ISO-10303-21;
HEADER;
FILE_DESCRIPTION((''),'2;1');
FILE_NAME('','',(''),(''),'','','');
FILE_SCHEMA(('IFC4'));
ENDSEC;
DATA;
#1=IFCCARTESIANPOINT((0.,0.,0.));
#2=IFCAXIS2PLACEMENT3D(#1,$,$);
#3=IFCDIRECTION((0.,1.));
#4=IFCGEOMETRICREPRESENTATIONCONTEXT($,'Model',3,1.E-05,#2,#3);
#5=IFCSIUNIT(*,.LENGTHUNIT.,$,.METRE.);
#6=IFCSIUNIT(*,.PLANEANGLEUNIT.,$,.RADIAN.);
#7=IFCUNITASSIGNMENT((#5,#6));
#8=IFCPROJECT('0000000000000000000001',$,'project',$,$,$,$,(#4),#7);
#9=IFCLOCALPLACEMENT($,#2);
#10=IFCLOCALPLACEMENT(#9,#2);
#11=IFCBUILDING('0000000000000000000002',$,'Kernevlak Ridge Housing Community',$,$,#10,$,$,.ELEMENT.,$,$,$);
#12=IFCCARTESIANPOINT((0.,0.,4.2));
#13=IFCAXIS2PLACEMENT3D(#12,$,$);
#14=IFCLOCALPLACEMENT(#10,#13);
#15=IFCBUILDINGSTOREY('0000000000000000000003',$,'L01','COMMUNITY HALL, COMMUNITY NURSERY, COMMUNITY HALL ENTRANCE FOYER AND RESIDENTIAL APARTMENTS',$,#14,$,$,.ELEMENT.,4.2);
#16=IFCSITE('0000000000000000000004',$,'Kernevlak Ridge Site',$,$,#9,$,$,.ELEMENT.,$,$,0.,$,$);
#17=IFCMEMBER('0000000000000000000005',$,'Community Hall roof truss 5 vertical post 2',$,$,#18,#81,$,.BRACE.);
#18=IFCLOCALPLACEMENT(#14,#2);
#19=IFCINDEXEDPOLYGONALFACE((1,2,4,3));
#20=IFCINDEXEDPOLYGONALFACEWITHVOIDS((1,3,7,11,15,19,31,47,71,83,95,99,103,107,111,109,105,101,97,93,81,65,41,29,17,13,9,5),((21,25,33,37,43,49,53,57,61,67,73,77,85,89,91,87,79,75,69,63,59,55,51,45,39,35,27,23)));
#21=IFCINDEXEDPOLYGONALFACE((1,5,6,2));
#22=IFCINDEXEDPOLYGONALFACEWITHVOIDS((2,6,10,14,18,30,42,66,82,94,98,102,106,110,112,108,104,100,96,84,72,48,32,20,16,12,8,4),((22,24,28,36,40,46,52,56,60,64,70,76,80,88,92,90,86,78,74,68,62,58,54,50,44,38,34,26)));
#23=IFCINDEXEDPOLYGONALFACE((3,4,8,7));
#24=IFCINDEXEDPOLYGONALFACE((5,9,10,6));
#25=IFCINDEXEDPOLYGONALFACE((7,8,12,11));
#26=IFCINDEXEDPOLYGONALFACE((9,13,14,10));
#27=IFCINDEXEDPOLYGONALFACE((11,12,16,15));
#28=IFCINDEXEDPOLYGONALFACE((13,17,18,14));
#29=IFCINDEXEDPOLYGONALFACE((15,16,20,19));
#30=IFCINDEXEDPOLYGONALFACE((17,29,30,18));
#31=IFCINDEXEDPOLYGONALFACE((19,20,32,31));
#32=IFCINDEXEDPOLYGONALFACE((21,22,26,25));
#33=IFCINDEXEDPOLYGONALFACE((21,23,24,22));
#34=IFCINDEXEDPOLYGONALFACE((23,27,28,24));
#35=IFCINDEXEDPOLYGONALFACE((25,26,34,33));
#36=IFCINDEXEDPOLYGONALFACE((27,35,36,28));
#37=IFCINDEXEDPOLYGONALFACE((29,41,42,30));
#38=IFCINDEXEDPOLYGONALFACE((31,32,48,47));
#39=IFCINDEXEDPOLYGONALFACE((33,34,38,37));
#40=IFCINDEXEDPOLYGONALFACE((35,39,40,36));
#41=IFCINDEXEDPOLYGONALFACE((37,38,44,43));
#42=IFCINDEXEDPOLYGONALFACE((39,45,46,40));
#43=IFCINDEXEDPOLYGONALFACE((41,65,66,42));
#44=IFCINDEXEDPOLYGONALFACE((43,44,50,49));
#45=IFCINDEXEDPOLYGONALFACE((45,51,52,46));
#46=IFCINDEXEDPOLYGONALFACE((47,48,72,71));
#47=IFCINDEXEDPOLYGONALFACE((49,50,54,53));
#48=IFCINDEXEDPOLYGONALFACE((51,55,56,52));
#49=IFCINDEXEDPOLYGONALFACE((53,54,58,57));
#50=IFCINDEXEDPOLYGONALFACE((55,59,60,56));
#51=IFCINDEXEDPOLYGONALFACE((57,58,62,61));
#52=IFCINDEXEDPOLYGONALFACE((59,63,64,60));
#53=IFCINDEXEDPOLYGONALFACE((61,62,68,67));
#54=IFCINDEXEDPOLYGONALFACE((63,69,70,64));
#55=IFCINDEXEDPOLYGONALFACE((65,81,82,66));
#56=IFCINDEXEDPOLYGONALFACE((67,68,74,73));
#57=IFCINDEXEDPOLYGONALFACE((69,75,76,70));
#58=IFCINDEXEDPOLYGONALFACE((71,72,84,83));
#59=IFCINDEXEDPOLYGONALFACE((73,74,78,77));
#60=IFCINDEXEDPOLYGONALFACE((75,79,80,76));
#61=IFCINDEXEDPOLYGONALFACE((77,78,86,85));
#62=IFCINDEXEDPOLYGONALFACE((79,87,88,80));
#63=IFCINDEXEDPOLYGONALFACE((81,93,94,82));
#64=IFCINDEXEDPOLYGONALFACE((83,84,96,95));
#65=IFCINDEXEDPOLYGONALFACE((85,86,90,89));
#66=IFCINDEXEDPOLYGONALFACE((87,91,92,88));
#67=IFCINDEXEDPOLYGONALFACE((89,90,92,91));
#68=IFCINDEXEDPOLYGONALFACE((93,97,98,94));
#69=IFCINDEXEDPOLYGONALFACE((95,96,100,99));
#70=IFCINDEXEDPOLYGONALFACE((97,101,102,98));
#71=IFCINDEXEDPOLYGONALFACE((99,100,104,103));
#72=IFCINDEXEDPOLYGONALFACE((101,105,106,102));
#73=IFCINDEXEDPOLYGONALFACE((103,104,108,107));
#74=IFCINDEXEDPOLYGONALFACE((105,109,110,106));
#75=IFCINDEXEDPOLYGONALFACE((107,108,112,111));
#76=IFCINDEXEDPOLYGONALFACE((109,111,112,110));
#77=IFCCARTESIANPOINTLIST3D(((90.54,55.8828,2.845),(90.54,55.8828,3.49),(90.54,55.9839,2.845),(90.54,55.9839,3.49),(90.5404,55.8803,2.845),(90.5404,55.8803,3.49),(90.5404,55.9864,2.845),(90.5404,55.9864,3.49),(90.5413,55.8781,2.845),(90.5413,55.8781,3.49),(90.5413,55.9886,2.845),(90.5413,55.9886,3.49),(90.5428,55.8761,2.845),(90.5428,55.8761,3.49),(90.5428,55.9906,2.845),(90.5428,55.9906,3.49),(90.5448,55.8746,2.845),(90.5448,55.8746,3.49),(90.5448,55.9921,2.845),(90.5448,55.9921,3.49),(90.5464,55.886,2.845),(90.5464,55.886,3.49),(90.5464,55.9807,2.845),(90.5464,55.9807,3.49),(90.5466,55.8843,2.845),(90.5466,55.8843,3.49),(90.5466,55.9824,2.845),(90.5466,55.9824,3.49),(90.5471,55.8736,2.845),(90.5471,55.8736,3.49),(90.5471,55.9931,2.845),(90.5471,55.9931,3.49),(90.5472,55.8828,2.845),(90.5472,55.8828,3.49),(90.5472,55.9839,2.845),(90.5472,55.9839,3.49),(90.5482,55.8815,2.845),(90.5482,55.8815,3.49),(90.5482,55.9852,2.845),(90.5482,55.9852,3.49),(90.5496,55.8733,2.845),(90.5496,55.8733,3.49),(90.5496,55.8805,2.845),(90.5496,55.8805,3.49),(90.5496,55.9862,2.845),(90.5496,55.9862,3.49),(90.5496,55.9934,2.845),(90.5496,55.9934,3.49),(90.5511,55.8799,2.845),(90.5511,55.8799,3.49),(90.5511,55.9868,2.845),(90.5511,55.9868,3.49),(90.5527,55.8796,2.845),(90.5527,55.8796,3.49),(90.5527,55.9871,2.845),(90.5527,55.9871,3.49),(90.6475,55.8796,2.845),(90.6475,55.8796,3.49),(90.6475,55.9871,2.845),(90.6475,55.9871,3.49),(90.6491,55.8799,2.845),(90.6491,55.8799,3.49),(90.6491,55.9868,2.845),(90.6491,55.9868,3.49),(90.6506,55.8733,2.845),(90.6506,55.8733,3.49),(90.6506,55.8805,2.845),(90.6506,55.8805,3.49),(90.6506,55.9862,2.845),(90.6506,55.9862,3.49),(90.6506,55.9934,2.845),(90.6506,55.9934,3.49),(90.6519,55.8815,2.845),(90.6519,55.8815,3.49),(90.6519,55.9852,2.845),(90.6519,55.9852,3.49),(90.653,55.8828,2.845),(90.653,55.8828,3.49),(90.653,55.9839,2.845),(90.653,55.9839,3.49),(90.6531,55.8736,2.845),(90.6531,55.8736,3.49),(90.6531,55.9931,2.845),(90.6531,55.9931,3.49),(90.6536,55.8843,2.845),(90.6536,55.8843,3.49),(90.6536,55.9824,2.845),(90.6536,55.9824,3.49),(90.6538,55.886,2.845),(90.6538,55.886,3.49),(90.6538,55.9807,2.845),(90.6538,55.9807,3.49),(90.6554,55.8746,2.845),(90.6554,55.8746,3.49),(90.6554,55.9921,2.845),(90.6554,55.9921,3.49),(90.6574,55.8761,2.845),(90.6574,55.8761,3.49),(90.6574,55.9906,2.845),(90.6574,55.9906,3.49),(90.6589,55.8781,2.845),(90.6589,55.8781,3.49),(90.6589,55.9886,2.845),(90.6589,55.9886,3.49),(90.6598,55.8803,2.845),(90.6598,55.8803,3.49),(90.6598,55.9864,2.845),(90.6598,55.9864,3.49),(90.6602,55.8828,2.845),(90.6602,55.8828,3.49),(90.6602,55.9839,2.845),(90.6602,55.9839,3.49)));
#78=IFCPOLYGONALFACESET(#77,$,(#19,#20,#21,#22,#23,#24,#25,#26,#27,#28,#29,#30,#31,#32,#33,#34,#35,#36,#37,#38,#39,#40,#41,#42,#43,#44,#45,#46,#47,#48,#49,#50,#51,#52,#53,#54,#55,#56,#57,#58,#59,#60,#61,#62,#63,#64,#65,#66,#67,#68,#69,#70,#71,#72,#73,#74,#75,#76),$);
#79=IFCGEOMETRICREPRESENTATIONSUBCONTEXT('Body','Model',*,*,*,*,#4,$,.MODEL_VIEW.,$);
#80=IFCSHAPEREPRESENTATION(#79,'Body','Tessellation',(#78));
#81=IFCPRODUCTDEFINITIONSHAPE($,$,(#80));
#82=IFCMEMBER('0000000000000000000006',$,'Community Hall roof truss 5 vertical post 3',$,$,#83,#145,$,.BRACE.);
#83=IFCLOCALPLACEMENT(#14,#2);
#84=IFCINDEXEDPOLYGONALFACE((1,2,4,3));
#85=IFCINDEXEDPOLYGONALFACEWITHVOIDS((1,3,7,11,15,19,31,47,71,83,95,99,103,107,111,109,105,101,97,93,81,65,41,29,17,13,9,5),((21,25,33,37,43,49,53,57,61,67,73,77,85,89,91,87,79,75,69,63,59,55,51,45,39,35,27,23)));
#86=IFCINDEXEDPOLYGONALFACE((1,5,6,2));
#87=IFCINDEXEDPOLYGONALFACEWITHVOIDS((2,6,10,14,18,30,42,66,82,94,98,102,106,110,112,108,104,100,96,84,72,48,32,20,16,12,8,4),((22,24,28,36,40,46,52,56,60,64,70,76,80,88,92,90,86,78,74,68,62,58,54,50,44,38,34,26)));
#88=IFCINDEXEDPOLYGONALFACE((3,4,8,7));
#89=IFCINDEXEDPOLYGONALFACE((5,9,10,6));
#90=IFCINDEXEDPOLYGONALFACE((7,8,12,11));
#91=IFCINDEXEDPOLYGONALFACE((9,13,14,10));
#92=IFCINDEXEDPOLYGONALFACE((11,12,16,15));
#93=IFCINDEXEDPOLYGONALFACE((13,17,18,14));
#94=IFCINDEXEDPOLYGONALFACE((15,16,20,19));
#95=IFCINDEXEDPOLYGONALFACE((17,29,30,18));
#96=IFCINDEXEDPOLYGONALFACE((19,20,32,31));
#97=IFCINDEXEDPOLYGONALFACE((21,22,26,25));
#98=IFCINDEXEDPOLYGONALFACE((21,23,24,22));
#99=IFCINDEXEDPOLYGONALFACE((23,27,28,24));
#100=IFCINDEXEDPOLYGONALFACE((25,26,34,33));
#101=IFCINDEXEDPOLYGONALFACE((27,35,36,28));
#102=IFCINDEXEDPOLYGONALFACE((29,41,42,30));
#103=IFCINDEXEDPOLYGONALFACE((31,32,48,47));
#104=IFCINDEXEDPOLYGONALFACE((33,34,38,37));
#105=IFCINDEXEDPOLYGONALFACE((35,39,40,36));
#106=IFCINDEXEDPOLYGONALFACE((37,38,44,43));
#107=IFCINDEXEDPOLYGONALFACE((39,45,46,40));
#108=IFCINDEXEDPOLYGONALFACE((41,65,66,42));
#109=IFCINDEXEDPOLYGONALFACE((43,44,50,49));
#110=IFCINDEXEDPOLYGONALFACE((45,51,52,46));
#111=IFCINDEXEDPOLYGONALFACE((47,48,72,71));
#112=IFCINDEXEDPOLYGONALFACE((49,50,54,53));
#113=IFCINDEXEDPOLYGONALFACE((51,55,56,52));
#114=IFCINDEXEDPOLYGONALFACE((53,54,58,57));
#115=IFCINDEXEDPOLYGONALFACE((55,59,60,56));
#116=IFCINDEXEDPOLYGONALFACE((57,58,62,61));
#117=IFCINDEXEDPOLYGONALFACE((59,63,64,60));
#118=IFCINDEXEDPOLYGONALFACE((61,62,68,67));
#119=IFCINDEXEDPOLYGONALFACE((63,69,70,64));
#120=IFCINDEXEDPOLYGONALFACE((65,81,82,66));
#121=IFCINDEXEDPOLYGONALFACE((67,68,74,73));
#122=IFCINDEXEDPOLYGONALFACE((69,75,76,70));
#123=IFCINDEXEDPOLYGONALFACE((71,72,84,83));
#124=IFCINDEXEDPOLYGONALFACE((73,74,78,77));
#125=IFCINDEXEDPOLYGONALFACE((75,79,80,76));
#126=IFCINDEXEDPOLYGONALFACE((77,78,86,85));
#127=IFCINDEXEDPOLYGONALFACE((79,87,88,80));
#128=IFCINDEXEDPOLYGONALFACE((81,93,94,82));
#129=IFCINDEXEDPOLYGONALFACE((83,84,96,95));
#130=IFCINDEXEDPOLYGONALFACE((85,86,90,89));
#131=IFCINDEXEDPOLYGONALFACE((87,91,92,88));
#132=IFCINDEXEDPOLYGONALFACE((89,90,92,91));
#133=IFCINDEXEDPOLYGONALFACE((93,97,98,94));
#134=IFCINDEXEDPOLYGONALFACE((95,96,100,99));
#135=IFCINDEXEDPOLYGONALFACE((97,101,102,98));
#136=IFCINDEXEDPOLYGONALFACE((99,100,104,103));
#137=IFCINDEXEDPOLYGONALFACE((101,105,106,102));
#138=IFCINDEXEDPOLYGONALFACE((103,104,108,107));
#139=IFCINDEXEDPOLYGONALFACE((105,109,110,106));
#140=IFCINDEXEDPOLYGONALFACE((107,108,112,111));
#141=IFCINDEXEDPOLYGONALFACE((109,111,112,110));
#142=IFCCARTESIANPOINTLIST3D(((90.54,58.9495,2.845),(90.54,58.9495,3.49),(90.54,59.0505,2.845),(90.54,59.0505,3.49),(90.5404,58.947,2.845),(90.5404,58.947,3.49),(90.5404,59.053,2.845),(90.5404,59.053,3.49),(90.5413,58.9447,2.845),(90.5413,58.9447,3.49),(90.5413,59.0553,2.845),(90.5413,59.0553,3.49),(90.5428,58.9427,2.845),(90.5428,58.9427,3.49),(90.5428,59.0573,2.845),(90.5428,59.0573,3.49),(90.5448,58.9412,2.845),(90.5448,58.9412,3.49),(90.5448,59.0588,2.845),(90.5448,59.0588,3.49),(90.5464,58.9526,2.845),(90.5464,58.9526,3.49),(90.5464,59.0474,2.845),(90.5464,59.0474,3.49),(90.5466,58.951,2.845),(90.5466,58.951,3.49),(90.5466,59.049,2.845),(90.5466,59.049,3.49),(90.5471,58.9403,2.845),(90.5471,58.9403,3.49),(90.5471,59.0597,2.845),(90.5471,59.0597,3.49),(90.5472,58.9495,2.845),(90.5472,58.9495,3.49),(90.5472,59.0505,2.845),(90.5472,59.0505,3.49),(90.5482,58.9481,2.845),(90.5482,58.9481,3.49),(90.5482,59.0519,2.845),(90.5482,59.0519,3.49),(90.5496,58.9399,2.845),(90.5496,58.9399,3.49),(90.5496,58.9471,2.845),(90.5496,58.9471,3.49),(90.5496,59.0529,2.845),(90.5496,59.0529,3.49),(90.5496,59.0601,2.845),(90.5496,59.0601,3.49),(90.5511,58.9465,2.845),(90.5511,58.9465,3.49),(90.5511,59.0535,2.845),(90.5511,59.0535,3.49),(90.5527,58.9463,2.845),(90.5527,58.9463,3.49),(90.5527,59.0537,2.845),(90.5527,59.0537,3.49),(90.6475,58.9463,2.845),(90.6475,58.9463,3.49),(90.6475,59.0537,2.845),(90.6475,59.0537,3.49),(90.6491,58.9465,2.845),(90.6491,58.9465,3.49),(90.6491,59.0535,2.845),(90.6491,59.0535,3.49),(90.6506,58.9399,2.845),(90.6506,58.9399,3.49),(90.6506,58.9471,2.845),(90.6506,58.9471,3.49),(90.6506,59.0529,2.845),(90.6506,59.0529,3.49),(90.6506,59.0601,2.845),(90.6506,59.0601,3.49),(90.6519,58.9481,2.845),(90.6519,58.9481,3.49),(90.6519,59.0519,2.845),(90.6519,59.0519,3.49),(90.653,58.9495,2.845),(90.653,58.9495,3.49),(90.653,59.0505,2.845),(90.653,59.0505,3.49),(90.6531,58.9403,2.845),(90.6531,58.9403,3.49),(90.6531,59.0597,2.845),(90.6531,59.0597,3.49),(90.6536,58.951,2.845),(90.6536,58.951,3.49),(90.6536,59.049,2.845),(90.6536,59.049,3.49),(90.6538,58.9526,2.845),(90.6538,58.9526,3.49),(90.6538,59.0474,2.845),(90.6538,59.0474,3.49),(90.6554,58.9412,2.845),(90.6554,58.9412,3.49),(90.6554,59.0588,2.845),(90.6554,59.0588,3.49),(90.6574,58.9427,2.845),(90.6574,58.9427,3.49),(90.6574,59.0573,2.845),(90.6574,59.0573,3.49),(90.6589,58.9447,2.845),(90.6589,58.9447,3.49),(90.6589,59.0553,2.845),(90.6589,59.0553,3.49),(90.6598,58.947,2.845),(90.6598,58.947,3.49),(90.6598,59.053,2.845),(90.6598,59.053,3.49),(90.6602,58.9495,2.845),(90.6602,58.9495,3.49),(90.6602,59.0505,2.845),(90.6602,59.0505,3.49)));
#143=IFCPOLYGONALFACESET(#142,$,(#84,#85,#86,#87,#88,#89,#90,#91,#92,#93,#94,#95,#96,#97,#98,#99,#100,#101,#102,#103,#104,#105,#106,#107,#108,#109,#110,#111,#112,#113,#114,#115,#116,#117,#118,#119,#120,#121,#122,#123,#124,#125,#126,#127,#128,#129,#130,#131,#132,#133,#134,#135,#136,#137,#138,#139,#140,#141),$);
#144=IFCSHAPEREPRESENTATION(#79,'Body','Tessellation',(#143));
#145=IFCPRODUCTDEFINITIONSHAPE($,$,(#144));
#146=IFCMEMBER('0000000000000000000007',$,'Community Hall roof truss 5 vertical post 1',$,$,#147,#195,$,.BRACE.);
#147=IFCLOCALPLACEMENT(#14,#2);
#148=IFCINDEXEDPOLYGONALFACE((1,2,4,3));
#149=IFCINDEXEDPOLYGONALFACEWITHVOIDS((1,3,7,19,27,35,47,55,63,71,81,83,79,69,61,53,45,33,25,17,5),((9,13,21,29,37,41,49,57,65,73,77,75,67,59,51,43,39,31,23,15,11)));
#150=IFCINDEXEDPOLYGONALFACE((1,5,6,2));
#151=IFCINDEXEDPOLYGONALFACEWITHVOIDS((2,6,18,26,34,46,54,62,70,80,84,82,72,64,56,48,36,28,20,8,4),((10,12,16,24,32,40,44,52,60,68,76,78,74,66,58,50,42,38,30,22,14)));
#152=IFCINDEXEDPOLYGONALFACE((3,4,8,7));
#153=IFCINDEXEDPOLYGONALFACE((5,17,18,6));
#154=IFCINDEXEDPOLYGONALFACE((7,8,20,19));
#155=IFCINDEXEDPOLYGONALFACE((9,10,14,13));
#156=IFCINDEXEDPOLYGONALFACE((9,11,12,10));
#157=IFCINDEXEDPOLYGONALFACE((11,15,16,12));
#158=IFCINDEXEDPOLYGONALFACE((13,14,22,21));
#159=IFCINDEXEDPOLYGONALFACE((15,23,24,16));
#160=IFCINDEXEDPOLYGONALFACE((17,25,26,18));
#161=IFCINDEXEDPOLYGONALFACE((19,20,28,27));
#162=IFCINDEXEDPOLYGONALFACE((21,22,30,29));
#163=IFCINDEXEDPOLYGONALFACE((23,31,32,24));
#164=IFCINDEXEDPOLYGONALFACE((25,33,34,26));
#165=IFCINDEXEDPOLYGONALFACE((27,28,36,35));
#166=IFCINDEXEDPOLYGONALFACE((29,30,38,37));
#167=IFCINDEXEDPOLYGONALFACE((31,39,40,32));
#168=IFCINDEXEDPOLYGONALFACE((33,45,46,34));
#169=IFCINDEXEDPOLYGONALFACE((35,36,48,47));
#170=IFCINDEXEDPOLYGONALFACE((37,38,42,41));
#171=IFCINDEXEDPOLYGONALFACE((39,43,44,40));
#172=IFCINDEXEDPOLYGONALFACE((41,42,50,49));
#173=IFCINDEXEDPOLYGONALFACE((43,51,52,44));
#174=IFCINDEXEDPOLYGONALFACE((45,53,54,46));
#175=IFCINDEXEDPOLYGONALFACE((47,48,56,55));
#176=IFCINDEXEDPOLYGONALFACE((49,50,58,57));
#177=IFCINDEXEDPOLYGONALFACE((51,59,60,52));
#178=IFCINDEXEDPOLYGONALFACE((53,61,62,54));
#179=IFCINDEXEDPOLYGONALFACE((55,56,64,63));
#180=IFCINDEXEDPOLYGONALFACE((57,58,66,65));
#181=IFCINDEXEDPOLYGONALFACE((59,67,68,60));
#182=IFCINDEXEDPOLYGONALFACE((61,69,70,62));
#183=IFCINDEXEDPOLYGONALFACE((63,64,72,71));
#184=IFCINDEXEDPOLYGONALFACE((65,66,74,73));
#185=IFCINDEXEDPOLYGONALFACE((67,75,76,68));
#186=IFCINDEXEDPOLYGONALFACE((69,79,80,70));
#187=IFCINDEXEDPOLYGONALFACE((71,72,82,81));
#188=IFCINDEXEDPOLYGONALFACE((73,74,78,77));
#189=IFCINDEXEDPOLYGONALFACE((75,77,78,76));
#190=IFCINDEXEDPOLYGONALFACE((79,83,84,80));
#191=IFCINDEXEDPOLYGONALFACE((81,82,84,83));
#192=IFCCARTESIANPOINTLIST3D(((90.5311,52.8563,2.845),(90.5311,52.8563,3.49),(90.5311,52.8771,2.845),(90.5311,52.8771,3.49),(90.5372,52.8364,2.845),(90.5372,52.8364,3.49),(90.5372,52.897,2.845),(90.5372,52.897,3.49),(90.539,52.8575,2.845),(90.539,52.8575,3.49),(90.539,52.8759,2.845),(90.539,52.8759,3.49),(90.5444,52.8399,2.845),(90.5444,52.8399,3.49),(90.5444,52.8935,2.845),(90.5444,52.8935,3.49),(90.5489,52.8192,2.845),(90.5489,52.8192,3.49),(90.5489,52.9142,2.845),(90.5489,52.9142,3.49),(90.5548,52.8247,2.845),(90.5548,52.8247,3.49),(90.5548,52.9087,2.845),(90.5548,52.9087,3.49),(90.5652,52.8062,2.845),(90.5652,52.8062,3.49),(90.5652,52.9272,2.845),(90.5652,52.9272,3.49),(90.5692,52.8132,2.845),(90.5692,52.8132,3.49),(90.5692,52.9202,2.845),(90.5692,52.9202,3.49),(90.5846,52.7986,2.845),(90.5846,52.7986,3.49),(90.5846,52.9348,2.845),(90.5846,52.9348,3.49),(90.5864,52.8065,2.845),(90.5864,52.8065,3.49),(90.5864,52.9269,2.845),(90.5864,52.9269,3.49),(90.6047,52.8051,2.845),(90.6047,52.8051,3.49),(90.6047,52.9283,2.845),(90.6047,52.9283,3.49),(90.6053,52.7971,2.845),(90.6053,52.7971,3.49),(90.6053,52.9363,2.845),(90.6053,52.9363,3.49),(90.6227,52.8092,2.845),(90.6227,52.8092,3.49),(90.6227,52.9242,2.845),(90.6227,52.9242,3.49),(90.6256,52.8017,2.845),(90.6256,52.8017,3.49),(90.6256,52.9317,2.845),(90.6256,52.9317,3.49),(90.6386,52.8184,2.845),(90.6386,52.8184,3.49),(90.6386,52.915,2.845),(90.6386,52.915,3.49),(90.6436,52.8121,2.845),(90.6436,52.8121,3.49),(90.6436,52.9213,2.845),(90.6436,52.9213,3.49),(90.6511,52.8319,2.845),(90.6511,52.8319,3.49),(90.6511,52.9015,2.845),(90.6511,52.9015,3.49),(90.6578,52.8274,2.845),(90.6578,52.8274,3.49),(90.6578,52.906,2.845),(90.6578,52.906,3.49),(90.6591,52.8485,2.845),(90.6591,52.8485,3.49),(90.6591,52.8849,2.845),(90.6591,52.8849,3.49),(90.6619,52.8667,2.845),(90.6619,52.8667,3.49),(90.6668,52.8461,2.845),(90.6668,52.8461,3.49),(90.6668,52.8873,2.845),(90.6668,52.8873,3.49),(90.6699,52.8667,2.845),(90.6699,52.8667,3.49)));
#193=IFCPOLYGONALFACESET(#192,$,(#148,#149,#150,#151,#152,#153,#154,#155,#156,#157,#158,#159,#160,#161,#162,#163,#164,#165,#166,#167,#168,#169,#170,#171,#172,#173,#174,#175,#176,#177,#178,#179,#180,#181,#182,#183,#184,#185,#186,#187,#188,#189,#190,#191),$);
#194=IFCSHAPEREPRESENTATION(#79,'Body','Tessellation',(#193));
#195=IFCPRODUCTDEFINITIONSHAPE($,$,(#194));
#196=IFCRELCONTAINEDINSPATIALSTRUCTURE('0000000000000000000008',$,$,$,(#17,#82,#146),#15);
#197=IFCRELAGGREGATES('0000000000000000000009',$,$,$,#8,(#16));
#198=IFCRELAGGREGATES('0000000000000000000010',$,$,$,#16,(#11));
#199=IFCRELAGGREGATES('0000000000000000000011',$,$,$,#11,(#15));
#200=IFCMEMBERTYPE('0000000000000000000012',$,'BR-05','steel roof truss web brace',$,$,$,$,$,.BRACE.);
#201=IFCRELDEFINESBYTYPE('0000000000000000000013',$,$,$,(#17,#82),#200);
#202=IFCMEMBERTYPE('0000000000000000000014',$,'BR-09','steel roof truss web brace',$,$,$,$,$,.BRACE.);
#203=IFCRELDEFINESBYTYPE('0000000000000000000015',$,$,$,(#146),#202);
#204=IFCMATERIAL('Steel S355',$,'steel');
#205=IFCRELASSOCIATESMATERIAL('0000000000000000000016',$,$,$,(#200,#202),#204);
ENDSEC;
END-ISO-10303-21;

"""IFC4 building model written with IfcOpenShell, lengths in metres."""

from ifc_helpers import new_model, si_unit, direction, frame, origin, origin_2d, place, context, subcontext, project, spatial, hollow_rectangle, hollow_circle, extrude, material, material_profile, profile_set, type_object, element, save


model = new_model("IFC4")

# Units and contexts
model_context = context("Model", 3, precision=1e-05, world=origin(), true_north=direction((0.0, 1.0)))
body_context = subcontext(model_context, "Body", "Model", "MODEL_VIEW")
ifc_project = project(units=[si_unit("LENGTHUNIT", "METRE"), si_unit("PLANEANGLEUNIT", "RADIAN")], contexts=[model_context])

# Site, building, storey
site_placement = place(None, origin())
site = spatial("IfcSite", under=ifc_project, at=site_placement, Name="Kernevlak Ridge Site", CompositionType="ELEMENT", RefElevation=0.0)
building_placement = place(site_placement, origin())
building = spatial("IfcBuilding", under=site, at=building_placement, Name="Kernevlak Ridge Housing Community", CompositionType="ELEMENT")
storey_placement = place(building_placement, frame((0.0, 0.0, 4.2)))
storey = spatial("IfcBuildingStorey", under=building, at=storey_placement, Name="L01", Description="COMMUNITY HALL, COMMUNITY NURSERY, COMMUNITY HALL ENTRANCE FOYER AND RESIDENTIAL APARTMENTS", CompositionType="ELEMENT", Elevation=4.2)

# Members
ifc_material_1 = material(Name="Steel S355", Category="steel")
ifc_material_profile_1 = material_profile(ifc_material_1, hollow_rectangle(XDim=0.1201, YDim=0.1201, WallThickness=0.0063, InnerFilletRadius=0.0063, OuterFilletRadius=0.0095, at=origin_2d()), Name="SHS 120x120x6.3")
ifc_profile_set_1 = profile_set([ifc_material_profile_1], Name="Steel S355")
member_type_1 = type_object("IfcMemberType", Name="BR-05", Description="steel roof truss web brace", PredefinedType="BRACE", material=ifc_profile_set_1)
for number, where, z_axis, x_axis, name in (
    (1, (90.6001, 55.9333, 2.845), (0.0, 0.0, 1.0), (1.0, 0.0, 0.0), "Community Hall roof truss 5 vertical post 2"),
    (2, (90.6001, 59.0, 2.845), (0.0, 0.0, 1.0), (1.0, 0.0, 0.0), "Community Hall roof truss 5 vertical post 3"),
):
    element("IfcMember", number, at=place(storey_placement, frame(where, z_axis=z_axis, x_axis=x_axis)), inside=storey, type_object=member_type_1, Name=name, PredefinedType="BRACE", context=body_context, shape_type="SweptSolid", body=[
        extrude(hollow_rectangle(XDim=0.1201, YDim=0.1201, WallThickness=0.0063, InnerFilletRadius=0.0063, OuterFilletRadius=0.0095, at=origin_2d()), origin(), (0.0, 0.0, 1.0), 0.645),
    ])
ifc_material_profile_2 = material_profile(ifc_material_1, hollow_circle(Radius=0.0698, WallThickness=0.0081, at=origin_2d()), Name="CHS 139.7x8")
ifc_profile_set_2 = profile_set([ifc_material_profile_2], Name="Steel S355")
member_type_2 = type_object("IfcMemberType", Name="BR-09", Description="steel roof truss web brace", PredefinedType="BRACE", material=ifc_profile_set_2)
member_1_placement = place(storey_placement, frame((90.6001, 52.8667, 2.845), z_axis=(0.0, 0.0, 1.0), x_axis=(1.0, 0.0, 0.0)))
element("IfcMember", 3, at=member_1_placement, inside=storey, type_object=member_type_2, Name="Community Hall roof truss 5 vertical post 1", PredefinedType="BRACE", context=body_context, shape_type="SweptSolid", body=[
    extrude(hollow_circle(Radius=0.0698, WallThickness=0.0081, at=origin_2d()), origin(), (0.0, 0.0, 1.0), 0.645),
])

save(model, "model.ifc")
